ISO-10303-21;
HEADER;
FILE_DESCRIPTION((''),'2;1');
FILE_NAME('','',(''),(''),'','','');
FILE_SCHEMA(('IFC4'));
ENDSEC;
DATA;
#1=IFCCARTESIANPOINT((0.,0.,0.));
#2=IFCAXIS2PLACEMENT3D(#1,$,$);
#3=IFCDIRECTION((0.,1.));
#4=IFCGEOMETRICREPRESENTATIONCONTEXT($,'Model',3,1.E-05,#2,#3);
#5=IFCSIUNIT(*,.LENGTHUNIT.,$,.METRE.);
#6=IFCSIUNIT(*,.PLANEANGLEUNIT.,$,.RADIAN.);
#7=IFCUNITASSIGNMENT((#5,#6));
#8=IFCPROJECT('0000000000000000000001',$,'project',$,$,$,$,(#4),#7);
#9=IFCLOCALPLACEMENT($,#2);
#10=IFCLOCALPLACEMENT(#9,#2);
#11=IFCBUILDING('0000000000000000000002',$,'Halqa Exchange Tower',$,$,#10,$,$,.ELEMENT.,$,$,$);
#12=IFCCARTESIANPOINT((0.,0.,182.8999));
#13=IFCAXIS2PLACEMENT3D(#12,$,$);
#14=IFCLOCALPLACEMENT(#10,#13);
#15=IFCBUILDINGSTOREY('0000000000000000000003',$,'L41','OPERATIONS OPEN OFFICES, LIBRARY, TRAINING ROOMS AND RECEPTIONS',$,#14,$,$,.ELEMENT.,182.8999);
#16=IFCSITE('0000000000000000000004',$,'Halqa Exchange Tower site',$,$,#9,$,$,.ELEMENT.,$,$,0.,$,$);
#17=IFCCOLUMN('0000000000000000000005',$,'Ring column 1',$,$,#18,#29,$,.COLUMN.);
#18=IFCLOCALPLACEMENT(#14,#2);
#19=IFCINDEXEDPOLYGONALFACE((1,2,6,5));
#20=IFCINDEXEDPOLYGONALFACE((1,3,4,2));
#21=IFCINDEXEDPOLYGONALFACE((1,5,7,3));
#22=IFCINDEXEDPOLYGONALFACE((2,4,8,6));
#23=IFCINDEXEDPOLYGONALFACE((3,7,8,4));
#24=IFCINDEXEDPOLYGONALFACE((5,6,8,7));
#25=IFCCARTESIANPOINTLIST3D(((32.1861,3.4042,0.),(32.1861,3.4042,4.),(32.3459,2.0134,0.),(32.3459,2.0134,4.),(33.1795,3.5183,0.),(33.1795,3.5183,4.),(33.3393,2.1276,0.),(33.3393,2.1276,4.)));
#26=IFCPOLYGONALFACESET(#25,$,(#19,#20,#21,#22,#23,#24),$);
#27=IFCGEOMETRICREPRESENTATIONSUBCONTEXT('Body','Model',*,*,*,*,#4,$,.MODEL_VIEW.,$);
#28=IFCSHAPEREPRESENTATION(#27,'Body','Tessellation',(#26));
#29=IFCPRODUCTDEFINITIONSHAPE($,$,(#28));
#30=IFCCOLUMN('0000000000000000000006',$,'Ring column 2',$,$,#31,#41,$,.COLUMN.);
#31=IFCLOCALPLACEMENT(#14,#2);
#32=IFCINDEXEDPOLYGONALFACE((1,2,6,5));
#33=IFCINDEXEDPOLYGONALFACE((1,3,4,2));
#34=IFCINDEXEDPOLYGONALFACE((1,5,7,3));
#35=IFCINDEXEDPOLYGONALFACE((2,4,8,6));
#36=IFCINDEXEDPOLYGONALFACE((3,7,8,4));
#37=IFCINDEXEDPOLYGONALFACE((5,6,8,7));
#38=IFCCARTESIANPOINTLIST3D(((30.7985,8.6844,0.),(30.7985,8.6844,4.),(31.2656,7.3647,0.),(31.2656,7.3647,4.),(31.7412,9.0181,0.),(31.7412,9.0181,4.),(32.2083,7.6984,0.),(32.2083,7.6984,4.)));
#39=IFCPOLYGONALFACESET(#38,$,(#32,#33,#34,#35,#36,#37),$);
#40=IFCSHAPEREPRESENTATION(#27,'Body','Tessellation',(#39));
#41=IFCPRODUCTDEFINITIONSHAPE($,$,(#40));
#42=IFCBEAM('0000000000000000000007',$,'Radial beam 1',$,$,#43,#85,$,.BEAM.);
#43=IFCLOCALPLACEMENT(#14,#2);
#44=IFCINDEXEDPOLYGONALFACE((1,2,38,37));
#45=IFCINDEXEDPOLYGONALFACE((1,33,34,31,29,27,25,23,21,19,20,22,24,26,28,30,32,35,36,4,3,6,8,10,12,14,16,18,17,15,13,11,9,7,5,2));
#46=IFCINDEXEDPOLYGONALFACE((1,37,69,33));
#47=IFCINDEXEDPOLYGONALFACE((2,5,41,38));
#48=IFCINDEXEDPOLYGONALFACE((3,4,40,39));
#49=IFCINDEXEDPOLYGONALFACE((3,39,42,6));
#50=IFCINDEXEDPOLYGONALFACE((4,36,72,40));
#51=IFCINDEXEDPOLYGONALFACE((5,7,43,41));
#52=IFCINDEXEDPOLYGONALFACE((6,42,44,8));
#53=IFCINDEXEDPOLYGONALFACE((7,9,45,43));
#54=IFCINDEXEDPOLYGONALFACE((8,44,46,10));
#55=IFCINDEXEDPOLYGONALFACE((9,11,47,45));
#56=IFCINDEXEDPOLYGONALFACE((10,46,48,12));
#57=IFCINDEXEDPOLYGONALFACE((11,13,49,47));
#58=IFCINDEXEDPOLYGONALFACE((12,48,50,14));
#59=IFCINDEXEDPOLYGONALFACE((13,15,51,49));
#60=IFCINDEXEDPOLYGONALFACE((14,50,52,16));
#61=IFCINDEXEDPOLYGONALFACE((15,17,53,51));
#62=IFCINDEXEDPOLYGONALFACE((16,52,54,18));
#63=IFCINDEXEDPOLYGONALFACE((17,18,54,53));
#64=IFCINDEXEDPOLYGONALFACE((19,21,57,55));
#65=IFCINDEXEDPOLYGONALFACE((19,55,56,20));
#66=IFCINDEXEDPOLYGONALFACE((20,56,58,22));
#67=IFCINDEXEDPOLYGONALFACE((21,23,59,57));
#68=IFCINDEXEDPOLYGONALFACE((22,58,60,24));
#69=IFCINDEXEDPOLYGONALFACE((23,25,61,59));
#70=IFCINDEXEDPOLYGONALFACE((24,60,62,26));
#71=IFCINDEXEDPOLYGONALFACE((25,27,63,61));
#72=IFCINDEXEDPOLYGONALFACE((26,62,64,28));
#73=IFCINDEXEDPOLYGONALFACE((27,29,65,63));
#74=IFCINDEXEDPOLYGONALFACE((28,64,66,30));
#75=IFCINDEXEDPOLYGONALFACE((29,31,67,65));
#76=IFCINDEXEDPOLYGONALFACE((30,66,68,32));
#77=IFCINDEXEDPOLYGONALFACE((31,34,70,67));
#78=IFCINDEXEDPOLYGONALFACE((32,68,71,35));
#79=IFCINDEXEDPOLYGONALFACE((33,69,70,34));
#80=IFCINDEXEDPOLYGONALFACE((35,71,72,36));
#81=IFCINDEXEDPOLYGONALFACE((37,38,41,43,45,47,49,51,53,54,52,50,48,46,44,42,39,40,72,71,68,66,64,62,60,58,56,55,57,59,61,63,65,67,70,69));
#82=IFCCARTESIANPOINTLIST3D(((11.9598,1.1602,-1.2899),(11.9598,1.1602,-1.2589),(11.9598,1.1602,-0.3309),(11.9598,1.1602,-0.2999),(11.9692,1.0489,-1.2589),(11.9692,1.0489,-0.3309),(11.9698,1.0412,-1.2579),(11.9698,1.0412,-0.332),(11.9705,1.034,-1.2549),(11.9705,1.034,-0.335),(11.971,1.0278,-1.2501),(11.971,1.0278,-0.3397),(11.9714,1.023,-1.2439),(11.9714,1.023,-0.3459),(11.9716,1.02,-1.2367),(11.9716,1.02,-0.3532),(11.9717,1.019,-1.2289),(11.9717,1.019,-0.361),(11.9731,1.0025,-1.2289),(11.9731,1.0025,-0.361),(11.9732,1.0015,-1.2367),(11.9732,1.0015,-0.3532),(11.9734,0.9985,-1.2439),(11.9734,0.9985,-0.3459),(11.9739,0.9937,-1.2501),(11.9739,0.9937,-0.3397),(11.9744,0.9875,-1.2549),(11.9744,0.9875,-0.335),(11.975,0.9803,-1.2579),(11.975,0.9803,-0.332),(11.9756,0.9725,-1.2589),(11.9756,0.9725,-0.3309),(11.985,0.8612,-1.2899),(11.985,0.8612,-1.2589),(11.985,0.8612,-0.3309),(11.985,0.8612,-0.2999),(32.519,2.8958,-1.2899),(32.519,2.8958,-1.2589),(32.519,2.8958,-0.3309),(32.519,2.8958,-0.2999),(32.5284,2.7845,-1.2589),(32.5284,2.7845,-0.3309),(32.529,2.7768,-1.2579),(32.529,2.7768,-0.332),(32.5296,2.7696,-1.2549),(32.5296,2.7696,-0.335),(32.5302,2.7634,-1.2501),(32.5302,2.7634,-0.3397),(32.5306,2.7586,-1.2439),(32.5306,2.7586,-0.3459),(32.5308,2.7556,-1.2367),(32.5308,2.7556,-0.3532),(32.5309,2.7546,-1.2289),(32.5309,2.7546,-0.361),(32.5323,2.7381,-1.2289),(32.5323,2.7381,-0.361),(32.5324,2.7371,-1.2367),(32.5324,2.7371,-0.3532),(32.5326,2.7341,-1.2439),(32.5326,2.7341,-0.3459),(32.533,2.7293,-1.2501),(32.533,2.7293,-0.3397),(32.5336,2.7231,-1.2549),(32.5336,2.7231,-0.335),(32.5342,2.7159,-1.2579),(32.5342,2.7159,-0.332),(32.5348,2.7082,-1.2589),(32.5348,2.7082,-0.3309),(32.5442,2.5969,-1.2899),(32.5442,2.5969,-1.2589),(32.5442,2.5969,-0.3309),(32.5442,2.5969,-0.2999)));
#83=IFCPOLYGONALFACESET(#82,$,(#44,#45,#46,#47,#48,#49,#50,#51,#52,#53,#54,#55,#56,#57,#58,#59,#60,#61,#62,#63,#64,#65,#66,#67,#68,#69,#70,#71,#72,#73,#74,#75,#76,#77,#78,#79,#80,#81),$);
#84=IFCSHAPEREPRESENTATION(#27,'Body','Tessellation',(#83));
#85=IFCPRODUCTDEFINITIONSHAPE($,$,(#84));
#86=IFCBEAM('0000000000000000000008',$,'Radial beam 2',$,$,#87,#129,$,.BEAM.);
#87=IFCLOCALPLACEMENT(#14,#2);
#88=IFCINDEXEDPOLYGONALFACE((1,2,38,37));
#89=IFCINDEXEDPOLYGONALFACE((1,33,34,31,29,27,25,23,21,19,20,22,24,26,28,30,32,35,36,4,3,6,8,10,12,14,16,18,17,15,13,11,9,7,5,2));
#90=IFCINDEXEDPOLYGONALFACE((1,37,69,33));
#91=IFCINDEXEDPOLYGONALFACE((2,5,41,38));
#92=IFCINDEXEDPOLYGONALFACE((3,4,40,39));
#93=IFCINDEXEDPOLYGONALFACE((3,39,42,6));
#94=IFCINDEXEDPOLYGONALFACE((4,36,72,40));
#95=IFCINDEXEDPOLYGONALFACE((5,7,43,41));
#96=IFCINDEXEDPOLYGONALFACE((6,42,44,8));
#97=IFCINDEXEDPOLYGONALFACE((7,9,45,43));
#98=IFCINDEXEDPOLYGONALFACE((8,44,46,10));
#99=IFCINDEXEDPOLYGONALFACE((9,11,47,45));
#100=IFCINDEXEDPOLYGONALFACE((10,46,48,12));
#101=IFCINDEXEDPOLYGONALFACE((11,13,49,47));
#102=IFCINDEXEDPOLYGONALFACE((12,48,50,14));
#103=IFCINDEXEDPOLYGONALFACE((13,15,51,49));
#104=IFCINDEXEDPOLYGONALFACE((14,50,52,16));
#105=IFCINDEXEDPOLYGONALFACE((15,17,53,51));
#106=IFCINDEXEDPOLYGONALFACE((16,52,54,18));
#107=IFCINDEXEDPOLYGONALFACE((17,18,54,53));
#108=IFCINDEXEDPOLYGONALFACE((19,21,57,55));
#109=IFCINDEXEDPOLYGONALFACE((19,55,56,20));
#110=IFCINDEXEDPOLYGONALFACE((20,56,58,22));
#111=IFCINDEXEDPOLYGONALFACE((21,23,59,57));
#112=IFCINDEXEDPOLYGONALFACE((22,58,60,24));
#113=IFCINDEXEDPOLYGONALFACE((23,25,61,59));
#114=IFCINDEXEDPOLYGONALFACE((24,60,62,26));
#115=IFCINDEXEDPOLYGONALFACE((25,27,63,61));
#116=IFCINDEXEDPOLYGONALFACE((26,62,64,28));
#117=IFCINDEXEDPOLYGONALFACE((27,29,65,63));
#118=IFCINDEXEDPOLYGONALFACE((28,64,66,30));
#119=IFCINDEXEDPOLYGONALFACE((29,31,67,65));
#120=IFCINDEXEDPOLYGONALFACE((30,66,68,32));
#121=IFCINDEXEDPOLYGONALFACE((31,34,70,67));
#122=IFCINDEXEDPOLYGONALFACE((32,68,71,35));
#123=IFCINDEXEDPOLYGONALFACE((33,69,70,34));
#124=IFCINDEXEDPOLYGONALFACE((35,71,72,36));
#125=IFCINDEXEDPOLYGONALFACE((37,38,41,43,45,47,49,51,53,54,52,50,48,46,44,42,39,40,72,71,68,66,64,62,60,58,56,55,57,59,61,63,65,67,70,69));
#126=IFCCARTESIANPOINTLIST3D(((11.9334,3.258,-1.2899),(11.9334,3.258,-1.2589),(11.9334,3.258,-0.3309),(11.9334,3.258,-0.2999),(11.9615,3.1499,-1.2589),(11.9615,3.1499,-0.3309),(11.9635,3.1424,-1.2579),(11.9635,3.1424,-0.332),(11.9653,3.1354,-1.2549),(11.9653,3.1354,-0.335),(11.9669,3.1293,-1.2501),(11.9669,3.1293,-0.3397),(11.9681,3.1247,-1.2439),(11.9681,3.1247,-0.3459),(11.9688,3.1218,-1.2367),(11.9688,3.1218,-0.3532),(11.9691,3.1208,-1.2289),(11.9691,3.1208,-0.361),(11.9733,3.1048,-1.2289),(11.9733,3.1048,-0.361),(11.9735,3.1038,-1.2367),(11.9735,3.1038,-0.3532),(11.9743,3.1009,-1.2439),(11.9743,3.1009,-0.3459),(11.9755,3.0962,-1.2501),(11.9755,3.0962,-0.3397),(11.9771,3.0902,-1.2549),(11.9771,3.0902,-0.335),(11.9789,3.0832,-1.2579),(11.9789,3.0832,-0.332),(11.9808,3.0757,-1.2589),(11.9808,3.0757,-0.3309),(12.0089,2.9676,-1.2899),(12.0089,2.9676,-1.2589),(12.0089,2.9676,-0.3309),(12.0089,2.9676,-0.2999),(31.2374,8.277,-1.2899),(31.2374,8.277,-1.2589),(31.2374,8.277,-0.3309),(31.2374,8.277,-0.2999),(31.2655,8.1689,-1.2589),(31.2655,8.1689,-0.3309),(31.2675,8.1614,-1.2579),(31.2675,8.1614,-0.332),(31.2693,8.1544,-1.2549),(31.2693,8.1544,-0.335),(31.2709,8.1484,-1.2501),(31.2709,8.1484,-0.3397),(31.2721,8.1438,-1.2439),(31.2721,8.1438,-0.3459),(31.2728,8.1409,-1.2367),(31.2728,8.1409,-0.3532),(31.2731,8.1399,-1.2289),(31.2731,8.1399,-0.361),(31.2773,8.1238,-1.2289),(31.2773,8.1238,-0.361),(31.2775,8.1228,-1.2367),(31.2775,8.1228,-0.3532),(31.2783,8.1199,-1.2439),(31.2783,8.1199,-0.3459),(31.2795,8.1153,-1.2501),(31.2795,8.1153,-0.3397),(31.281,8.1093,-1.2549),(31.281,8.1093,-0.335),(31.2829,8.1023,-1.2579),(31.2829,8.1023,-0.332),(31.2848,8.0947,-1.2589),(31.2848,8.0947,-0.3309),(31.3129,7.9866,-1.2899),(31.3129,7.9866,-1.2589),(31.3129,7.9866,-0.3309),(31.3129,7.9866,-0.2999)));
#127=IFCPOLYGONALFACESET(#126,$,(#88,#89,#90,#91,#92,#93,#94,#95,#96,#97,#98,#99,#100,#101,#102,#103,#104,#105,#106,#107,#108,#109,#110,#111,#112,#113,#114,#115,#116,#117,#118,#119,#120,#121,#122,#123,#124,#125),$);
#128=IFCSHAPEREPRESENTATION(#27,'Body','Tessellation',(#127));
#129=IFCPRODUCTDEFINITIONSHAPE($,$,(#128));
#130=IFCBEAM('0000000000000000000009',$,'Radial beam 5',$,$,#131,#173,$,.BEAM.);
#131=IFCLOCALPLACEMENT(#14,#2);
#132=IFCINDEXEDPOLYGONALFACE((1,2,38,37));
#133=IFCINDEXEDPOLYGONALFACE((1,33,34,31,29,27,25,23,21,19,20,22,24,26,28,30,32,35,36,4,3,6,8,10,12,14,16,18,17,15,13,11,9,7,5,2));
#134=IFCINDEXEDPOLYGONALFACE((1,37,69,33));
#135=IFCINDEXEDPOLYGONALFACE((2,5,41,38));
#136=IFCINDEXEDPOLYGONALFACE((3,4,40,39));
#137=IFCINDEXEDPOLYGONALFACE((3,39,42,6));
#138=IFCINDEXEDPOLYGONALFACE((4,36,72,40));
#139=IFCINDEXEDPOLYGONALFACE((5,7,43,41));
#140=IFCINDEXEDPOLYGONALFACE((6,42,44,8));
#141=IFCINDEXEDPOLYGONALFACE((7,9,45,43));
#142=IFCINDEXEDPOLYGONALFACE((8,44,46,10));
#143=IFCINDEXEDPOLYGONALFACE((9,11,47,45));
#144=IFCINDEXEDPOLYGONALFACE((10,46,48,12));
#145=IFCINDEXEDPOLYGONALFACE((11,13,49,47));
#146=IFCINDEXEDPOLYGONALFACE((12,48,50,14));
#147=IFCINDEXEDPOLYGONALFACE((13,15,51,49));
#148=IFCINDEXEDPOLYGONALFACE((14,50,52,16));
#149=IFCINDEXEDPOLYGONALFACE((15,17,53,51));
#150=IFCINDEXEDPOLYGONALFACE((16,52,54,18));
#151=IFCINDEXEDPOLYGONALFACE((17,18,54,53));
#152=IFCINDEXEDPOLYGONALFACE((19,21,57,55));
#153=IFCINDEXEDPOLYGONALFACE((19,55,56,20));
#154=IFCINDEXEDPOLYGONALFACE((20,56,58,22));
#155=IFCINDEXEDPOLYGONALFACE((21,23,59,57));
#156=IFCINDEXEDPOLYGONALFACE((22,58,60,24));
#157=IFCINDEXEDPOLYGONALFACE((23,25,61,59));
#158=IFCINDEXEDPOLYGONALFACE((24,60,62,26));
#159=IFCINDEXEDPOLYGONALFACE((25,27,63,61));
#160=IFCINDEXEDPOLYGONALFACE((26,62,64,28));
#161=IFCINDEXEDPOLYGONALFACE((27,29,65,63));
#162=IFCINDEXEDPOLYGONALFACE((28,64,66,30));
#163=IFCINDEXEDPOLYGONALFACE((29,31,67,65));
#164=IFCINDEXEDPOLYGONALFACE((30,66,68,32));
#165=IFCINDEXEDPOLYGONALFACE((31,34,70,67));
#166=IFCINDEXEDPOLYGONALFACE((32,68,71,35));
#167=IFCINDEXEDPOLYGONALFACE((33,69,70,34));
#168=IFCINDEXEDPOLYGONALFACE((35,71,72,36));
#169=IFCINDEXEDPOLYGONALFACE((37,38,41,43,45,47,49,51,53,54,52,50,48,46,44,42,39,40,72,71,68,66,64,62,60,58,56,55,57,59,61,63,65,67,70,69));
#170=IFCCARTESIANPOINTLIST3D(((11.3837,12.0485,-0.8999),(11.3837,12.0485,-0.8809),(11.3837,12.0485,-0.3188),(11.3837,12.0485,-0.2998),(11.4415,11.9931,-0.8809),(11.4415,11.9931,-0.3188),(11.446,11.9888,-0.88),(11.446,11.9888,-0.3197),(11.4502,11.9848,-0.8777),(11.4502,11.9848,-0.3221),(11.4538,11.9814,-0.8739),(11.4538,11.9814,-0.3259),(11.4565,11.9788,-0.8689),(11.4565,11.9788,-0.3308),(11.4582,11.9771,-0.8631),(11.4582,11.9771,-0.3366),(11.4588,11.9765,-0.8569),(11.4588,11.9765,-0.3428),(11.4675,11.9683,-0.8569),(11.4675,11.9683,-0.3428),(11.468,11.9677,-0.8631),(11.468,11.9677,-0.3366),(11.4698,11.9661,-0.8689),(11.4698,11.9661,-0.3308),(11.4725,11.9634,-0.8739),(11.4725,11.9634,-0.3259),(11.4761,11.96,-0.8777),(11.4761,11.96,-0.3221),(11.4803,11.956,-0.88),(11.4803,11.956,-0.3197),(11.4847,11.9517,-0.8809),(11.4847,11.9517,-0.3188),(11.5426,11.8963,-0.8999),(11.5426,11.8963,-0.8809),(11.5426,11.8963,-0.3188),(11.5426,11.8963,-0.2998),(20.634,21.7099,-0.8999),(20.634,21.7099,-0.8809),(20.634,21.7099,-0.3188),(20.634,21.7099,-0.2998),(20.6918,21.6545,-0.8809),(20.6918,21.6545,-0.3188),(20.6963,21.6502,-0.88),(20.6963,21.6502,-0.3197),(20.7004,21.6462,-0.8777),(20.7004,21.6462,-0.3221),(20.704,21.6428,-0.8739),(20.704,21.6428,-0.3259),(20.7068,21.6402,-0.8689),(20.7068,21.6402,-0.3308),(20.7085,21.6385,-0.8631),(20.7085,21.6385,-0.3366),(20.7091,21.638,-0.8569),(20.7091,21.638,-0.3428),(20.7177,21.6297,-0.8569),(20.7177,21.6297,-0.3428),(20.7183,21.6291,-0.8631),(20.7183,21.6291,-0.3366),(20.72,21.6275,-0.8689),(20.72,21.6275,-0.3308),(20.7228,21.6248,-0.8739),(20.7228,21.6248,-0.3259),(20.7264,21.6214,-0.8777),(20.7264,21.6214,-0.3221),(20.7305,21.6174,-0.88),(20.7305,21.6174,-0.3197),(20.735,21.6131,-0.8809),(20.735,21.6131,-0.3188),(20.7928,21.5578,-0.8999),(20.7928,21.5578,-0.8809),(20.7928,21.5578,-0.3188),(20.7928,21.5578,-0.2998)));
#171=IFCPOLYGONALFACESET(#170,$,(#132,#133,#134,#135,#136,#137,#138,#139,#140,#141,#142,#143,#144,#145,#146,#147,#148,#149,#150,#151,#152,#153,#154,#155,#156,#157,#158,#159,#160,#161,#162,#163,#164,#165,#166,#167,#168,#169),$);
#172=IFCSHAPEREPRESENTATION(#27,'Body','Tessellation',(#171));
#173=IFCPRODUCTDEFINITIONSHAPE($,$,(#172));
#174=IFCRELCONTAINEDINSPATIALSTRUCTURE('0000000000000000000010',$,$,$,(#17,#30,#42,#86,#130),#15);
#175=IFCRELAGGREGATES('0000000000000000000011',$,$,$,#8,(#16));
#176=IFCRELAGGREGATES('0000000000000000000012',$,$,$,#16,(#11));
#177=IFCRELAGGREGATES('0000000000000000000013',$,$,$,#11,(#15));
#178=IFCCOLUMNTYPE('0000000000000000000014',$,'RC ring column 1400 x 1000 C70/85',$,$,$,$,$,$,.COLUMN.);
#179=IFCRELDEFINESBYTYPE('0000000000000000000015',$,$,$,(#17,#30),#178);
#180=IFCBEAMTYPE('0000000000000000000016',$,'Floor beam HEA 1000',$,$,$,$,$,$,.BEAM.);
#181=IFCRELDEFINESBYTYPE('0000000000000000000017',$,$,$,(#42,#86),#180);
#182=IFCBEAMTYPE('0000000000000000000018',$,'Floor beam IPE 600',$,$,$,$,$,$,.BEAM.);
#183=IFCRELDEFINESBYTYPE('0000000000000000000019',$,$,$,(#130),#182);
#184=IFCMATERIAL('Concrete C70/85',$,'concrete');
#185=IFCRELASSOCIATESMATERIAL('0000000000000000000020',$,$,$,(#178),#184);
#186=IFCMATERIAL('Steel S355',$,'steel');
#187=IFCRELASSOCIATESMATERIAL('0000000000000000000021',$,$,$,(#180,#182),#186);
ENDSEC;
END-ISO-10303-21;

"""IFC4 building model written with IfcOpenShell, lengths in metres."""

from ifc_helpers import new_model, si_unit, direction, frame, origin, origin_2d, place, context, subcontext, project, spatial, rectangle, i_section, extrude, material, material_profile, profile_set, type_object, element, save


model = new_model("IFC4")

# Units and contexts
model_context = context("Model", 3, precision=1e-05, world=origin(), true_north=direction((0.0, 1.0)))
body_context = subcontext(model_context, "Body", "Model", "MODEL_VIEW")
ifc_project = project(units=[si_unit("LENGTHUNIT", "METRE"), si_unit("PLANEANGLEUNIT", "RADIAN")], contexts=[model_context])

# Site, building, storey
site_placement = place(None, origin())
site = spatial("IfcSite", under=ifc_project, at=site_placement, Name="Halqa Exchange Tower site", CompositionType="ELEMENT", RefElevation=0.0)
building_placement = place(site_placement, origin())
building = spatial("IfcBuilding", under=site, at=building_placement, Name="Halqa Exchange Tower", CompositionType="ELEMENT")
storey_placement = place(building_placement, frame((0.0, 0.0, 182.8999)))
storey = spatial("IfcBuildingStorey", under=building, at=storey_placement, Name="L41", Description="OPERATIONS OPEN OFFICES, LIBRARY, TRAINING ROOMS AND RECEPTIONS", CompositionType="ELEMENT", Elevation=182.8999)

# Columns
ifc_material_1 = material(Name="Concrete C70/85", Category="concrete")
ifc_material_profile_1 = material_profile(ifc_material_1, rectangle(XDim=1.3999, YDim=1.0, at=origin_2d()), Name="1400 x 1000")
ifc_profile_set_1 = profile_set([ifc_material_profile_1], Name="Concrete C70/85")
column_type = type_object("IfcColumnType", Name="RC ring column 1400 x 1000 C70/85", PredefinedType="COLUMN", material=ifc_profile_set_1)
for number, where, z_axis, x_axis, name in (
    (1, (32.7627, 2.7659, 0.0), (0.0, 0.0, 1.0), (-0.114159, 0.993463, 0.0), "Ring column 1"),
    (2, (31.5034, 8.1914, 0.0), (0.0, 0.0, 1.0), (-0.333632, 0.942703, 0.0), "Ring column 2"),
):
    element("IfcColumn", number, at=place(storey_placement, frame(where, z_axis=z_axis, x_axis=x_axis)), inside=storey, type_object=column_type, Name=name, PredefinedType="COLUMN", context=body_context, shape_type="SweptSolid", body=[
        extrude(rectangle(XDim=1.3999, YDim=1.0, at=origin_2d()), origin(), (0.0, 0.0, 1.0), 4.0),
    ])

# Beams
ifc_material_2 = material(Name="Steel S355", Category="steel")
ifc_material_profile_2 = material_profile(ifc_material_2, i_section(OverallWidth=0.3, OverallDepth=0.99, WebThickness=0.0166, FlangeThickness=0.031, FilletRadius=0.03, at=origin_2d()), Name="HEA 1000")
ifc_profile_set_2 = profile_set([ifc_material_profile_2], Name="Steel S355")
beam_type_1 = type_object("IfcBeamType", Name="Floor beam HEA 1000", PredefinedType="BEAM", material=ifc_profile_set_2)
beam_1_placement = place(storey_placement, frame((11.9724, 1.0107, -0.7949), z_axis=(0.996456, 0.084121, 0.0), x_axis=(-0.084121, 0.996456, 0.0)))
element("IfcBeam", 3, at=beam_1_placement, inside=storey, type_object=beam_type_1, Name="Radial beam 1", PredefinedType="BEAM", context=body_context, shape_type="SweptSolid", body=[
    extrude(i_section(OverallWidth=0.3, OverallDepth=0.99, WebThickness=0.0166, FlangeThickness=0.031, FilletRadius=0.03, at=origin_2d()), origin(), (0.0, 0.0, 1.0), 20.6323),
])
beam_2_placement = place(storey_placement, frame((11.9712, 3.1128, -0.7949), z_axis=(0.967822, 0.251635, 0.0), x_axis=(-0.251635, 0.967822, 0.0)))
element("IfcBeam", 4, at=beam_2_placement, inside=storey, type_object=beam_type_1, Name="Radial beam 2", PredefinedType="BEAM", context=body_context, shape_type="SweptSolid", body=[
    extrude(i_section(OverallWidth=0.3, OverallDepth=0.99, WebThickness=0.0166, FlangeThickness=0.031, FilletRadius=0.03, at=origin_2d()), origin(), (0.0, 0.0, 1.0), 19.9458),
])
ifc_material_profile_3 = material_profile(ifc_material_2, i_section(OverallWidth=0.22, OverallDepth=0.6001, WebThickness=0.012, FlangeThickness=0.019, FilletRadius=0.0239, at=origin_2d()), Name="IPE 600")
ifc_profile_set_3 = profile_set([ifc_material_profile_3], Name="Steel S355")
beam_type_2 = type_object("IfcBeamType", Name="Floor beam IPE 600", PredefinedType="BEAM", material=ifc_profile_set_3)
beam_3_placement = place(storey_placement, frame((11.4631, 11.9724, -0.5999), z_axis=(0.691571, 0.722308, 0.0), x_axis=(-0.722308, 0.691571, 0.0)))
element("IfcBeam", 5, at=beam_3_placement, inside=storey, type_object=beam_type_2, Name="Radial beam 5", PredefinedType="BEAM", context=body_context, shape_type="SweptSolid", body=[
    extrude(i_section(OverallWidth=0.22, OverallDepth=0.6001, WebThickness=0.012, FlangeThickness=0.019, FilletRadius=0.0239, at=origin_2d()), origin(), (0.0, 0.0, 1.0), 13.3757),
])

save(model, "model.ifc")
